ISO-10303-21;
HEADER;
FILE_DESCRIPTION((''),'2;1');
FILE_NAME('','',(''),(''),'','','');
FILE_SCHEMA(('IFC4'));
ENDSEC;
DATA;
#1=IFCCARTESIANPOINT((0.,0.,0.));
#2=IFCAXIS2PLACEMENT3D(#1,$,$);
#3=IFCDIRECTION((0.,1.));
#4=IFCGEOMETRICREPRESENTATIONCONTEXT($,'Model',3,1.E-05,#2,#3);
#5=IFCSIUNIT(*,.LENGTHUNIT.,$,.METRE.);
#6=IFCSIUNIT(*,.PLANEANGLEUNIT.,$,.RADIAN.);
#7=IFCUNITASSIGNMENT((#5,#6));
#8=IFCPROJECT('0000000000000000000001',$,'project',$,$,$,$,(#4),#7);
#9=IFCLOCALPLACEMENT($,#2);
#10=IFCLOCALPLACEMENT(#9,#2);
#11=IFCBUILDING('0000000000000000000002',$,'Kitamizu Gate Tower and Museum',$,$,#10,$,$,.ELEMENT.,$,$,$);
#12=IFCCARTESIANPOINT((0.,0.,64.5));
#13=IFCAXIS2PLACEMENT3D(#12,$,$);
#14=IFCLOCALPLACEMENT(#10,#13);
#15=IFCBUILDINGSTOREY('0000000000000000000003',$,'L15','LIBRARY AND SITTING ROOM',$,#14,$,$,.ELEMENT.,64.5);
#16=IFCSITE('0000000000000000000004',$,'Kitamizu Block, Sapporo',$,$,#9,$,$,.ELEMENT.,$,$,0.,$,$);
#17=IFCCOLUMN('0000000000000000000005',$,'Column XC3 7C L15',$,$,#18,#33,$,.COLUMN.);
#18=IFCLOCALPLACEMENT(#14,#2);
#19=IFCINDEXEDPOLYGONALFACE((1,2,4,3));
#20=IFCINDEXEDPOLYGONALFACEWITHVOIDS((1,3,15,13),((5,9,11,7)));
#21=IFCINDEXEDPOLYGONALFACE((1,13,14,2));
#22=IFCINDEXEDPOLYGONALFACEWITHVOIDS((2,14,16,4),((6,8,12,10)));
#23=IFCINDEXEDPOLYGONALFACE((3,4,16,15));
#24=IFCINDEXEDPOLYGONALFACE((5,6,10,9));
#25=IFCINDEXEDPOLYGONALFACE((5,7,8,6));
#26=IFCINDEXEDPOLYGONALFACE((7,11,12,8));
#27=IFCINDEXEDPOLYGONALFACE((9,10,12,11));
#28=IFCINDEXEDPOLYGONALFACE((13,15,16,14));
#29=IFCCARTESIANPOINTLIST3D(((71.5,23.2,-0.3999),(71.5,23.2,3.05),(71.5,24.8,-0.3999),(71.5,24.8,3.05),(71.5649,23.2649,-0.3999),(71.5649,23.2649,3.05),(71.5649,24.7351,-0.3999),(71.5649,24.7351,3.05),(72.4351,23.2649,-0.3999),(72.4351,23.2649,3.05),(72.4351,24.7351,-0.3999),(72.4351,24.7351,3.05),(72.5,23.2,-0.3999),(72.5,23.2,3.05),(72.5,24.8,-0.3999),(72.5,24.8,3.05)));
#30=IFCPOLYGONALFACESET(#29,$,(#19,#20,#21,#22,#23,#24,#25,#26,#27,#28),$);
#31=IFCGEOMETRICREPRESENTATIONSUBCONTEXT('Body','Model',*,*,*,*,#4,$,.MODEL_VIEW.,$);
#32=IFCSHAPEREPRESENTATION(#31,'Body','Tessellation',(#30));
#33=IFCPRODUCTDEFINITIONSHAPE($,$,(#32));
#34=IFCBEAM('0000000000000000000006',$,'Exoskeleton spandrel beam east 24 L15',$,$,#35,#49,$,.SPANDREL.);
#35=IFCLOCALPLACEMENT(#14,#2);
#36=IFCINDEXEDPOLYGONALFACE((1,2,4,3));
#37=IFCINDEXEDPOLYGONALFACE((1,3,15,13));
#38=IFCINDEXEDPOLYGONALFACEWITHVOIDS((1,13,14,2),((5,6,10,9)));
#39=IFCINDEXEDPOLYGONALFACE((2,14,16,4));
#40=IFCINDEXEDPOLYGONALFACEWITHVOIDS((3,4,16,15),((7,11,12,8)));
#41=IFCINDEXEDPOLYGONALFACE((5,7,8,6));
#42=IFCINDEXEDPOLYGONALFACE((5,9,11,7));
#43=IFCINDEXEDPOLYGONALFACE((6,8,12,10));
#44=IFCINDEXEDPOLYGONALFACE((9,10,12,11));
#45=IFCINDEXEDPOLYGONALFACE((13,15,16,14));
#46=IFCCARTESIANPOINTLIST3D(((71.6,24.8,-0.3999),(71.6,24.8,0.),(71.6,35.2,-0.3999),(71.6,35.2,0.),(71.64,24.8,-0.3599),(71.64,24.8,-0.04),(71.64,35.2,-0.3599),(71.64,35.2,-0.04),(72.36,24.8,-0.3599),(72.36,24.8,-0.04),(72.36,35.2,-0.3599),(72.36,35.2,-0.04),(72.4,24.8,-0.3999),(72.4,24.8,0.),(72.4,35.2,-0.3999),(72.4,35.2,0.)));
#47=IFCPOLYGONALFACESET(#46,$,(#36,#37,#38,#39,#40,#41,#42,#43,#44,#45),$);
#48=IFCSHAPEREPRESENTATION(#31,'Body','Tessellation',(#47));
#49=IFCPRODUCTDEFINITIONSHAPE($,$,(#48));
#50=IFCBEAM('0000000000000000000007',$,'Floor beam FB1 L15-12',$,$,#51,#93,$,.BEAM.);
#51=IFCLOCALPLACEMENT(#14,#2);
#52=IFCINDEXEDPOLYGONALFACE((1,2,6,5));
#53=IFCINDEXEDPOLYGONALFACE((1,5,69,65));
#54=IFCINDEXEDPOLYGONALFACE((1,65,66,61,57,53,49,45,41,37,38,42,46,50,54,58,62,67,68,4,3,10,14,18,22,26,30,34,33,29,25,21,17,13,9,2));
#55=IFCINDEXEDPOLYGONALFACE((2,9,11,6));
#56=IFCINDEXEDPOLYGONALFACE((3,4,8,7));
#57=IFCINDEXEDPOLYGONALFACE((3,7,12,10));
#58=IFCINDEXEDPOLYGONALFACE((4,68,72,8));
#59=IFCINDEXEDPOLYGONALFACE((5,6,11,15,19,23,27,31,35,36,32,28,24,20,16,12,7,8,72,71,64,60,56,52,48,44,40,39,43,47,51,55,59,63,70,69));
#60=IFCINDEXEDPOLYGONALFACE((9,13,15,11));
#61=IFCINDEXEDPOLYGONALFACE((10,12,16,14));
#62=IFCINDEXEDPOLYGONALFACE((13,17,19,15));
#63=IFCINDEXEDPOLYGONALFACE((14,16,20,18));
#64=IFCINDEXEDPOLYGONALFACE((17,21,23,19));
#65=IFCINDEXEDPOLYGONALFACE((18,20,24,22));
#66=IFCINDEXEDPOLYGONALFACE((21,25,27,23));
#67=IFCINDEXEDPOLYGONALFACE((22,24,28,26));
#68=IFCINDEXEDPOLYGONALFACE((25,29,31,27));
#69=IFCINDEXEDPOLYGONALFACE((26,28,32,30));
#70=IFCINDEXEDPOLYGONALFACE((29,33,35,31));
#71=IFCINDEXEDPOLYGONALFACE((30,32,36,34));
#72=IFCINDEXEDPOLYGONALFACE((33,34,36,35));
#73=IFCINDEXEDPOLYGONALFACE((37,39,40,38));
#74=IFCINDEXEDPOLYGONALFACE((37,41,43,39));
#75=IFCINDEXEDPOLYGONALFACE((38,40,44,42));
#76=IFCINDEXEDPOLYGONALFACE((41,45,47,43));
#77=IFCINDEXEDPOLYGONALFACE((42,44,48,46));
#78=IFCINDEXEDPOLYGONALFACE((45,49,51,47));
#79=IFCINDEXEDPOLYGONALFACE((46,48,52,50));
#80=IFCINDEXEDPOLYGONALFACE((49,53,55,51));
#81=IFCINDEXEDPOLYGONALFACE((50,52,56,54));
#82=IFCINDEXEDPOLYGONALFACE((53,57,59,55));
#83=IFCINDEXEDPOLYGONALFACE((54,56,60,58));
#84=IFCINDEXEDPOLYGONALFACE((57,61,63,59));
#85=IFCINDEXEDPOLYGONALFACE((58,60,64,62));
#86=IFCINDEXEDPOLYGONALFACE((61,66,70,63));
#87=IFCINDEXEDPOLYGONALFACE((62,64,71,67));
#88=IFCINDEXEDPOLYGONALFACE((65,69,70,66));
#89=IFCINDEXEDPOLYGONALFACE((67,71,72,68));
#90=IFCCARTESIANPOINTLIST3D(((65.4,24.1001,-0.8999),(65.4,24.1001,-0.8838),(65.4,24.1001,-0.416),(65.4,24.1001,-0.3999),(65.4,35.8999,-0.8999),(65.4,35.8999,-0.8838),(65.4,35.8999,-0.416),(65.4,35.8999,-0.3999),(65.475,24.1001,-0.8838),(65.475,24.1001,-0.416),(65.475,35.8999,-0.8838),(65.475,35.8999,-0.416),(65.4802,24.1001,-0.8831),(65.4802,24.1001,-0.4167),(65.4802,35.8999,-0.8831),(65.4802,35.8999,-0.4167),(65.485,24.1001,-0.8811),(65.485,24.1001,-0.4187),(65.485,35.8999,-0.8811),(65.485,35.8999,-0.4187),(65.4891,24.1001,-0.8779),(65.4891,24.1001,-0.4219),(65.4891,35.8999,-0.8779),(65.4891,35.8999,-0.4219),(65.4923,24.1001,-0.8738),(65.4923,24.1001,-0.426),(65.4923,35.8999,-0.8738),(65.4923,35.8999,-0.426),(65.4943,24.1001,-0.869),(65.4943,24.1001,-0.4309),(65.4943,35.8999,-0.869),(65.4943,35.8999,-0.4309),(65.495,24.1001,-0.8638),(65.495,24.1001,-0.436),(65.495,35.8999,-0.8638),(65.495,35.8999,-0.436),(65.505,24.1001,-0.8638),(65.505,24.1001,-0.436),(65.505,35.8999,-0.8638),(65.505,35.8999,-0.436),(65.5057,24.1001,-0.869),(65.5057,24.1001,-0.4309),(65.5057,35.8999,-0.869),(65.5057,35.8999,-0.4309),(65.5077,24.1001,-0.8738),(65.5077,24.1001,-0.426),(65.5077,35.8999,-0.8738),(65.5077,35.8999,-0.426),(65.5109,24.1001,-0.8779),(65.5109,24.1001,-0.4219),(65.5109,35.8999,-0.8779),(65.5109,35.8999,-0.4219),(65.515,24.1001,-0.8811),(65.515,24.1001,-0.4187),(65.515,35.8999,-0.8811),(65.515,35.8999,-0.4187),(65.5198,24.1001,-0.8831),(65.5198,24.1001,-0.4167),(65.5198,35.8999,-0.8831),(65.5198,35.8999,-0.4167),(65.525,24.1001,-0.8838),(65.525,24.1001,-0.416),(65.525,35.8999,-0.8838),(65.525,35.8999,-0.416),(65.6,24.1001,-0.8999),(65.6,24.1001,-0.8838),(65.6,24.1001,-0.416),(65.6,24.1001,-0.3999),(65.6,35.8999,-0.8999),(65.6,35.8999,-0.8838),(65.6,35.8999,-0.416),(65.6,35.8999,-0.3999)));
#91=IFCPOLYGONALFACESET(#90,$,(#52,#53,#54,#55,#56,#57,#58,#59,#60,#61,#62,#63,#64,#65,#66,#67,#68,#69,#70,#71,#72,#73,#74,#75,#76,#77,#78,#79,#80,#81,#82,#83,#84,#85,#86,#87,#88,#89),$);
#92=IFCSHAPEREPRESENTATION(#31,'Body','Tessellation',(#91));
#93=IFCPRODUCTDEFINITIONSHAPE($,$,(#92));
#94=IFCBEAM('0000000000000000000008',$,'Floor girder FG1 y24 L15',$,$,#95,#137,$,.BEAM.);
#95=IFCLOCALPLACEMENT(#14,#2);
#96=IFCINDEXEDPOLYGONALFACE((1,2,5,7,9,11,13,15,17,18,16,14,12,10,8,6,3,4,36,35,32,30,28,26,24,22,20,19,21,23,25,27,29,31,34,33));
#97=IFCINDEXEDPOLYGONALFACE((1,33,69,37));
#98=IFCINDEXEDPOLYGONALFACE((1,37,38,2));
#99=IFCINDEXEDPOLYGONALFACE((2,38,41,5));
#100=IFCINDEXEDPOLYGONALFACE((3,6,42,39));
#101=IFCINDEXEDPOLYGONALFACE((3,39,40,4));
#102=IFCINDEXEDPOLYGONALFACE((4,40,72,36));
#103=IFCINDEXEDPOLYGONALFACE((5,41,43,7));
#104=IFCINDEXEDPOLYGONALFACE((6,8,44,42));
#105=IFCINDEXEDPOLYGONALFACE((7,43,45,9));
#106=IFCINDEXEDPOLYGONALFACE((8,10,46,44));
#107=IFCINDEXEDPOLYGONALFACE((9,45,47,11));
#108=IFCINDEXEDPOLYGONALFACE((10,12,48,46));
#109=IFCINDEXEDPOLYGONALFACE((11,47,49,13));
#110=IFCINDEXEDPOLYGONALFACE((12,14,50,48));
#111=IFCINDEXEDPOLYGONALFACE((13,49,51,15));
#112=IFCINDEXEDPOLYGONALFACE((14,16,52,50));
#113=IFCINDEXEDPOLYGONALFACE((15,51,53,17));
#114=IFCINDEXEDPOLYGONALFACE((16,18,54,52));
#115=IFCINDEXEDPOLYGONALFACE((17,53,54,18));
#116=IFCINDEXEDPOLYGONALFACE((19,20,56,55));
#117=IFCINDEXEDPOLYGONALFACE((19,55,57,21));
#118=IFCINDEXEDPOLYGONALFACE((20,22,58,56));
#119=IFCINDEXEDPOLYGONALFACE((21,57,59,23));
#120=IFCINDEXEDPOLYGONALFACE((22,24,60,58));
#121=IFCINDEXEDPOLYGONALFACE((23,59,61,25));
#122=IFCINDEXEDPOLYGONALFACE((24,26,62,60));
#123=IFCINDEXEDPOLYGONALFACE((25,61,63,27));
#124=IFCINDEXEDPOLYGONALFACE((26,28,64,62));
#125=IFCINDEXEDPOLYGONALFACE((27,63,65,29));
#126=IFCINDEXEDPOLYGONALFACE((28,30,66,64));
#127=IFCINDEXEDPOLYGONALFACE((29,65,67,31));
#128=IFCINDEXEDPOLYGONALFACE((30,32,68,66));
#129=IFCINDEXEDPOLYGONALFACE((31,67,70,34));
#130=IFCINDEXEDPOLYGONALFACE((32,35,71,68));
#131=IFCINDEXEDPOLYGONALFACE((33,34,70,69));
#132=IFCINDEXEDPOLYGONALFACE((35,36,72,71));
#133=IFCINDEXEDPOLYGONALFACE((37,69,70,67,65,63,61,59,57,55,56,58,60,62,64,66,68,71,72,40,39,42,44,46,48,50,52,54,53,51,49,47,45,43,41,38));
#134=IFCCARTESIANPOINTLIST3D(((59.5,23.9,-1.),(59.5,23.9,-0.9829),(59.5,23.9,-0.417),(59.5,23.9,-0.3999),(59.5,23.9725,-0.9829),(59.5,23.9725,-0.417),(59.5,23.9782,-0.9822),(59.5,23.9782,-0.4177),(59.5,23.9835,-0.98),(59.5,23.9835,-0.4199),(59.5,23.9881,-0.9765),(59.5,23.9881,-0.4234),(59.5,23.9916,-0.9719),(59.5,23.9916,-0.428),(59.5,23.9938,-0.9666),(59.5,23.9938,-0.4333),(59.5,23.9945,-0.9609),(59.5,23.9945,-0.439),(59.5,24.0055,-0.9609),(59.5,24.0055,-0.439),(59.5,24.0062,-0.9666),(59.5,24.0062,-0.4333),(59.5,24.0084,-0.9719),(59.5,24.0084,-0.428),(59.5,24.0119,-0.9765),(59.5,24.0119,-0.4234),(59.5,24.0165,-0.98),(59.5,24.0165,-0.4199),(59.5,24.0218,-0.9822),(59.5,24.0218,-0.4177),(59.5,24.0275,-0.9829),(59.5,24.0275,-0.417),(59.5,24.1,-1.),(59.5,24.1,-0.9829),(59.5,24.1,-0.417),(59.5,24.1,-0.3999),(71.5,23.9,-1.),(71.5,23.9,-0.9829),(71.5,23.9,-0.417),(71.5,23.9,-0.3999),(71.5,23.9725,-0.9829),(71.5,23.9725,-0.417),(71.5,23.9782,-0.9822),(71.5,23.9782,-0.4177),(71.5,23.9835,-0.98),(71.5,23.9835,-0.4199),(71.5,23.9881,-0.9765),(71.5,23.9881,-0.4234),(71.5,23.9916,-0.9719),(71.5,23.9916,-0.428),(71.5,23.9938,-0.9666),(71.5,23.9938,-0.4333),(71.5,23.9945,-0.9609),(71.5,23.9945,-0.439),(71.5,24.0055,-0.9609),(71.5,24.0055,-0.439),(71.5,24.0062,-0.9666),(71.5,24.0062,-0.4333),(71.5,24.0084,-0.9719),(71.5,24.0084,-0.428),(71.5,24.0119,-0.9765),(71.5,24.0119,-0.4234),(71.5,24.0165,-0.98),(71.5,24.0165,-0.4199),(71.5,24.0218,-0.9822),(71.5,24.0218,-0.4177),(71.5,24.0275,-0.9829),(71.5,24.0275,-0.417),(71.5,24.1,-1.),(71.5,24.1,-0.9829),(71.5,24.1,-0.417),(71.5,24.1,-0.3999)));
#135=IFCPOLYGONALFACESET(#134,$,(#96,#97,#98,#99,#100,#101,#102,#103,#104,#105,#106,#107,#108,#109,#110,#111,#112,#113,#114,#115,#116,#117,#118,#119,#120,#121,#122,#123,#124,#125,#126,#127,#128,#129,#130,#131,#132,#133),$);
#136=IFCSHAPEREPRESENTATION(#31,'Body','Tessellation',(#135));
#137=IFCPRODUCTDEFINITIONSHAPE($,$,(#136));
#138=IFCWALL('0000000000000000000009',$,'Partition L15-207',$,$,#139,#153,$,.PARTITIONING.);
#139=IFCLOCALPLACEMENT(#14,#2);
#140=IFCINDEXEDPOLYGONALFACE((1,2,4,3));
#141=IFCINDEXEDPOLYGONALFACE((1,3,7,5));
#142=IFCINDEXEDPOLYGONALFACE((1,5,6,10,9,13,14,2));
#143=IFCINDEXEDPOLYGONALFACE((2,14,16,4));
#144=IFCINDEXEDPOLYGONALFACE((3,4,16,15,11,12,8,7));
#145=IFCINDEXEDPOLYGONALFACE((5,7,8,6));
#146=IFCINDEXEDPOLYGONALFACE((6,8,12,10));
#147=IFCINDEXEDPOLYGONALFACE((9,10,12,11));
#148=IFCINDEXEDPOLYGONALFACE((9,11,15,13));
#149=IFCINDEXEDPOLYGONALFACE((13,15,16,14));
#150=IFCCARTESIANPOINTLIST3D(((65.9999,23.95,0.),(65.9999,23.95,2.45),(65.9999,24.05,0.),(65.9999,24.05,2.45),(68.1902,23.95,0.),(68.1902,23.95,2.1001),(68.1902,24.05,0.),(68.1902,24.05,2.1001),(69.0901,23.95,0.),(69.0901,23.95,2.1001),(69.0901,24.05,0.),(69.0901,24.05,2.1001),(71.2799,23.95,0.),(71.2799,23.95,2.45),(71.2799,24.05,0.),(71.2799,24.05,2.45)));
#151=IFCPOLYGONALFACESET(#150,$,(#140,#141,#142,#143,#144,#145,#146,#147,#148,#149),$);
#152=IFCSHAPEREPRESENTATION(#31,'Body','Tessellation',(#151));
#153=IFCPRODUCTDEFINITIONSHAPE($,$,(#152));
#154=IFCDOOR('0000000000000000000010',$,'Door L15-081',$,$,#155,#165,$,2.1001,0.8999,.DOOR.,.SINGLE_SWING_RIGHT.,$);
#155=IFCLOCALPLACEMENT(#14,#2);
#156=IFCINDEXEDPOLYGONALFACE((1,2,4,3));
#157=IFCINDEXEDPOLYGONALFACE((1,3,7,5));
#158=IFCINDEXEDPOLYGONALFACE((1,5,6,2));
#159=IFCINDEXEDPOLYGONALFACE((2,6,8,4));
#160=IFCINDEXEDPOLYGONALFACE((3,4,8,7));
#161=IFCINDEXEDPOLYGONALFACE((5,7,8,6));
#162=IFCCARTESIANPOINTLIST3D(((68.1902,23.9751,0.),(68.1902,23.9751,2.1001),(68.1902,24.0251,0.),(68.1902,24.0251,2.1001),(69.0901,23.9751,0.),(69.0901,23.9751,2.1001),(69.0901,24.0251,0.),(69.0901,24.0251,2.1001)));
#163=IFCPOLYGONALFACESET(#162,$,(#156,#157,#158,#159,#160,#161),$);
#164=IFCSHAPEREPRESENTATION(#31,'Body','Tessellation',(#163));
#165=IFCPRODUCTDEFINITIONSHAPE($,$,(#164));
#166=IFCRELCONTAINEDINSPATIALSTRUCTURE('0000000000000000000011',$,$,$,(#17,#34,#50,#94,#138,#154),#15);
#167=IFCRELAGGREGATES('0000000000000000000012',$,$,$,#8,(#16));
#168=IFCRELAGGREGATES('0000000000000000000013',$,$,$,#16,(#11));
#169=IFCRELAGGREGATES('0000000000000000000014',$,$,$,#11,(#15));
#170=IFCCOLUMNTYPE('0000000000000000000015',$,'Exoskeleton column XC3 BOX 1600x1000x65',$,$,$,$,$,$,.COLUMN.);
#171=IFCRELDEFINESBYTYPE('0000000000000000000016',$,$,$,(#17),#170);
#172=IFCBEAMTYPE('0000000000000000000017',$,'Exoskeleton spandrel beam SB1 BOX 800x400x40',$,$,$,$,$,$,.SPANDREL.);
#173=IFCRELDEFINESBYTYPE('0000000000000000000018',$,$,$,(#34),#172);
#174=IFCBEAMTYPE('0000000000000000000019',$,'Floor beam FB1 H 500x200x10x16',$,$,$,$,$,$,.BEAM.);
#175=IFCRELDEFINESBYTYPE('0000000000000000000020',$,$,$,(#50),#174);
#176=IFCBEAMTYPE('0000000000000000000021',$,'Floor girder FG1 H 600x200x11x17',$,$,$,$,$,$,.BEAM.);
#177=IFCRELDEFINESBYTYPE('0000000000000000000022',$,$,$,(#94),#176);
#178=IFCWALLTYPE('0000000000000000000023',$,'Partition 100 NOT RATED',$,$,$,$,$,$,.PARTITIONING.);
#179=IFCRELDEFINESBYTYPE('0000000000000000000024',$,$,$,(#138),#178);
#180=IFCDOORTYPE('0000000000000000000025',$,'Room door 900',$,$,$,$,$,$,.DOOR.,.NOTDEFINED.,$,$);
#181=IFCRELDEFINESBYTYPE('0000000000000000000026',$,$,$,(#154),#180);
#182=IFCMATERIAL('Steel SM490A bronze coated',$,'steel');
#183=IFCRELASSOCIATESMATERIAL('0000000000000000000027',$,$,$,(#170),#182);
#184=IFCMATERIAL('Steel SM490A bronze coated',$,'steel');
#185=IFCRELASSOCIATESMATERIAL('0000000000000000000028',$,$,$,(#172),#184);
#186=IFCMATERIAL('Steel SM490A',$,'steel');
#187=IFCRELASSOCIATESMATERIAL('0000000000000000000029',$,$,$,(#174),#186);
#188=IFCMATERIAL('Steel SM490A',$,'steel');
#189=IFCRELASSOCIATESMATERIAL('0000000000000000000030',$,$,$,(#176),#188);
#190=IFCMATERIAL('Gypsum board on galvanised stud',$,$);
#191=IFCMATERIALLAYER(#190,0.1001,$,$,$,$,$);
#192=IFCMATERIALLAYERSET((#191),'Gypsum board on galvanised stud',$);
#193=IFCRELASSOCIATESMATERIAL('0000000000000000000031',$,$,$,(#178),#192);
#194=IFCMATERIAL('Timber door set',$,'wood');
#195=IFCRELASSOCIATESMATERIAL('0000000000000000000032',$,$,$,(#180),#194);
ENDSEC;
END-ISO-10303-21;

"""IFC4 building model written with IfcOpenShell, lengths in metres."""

from ifc_helpers import new_model, si_unit, direction, frame, frame_2d, origin, origin_2d, place, context, subcontext, project, spatial, rectangle, hollow_rectangle, i_section, extrude, material, layer, layer_set, material_profile, profile_set, type_object, element, fill, save


model = new_model("IFC4")

# Units and contexts
model_context = context("Model", 3, precision=1e-05, world=origin(), true_north=direction((0.0, 1.0)))
body_context = subcontext(model_context, "Body", "Model", "MODEL_VIEW")
ifc_project = project(units=[si_unit("LENGTHUNIT", "METRE"), si_unit("PLANEANGLEUNIT", "RADIAN")], contexts=[model_context])

# Site, building, storey
site_placement = place(None, origin())
site = spatial("IfcSite", under=ifc_project, at=site_placement, Name="Kitamizu Block, Sapporo", CompositionType="ELEMENT", RefElevation=0.0)
building_placement = place(site_placement, origin())
building = spatial("IfcBuilding", under=site, at=building_placement, Name="Kitamizu Gate Tower and Museum", CompositionType="ELEMENT")
storey_placement = place(building_placement, frame((0.0, 0.0, 64.5)))
storey = spatial("IfcBuildingStorey", under=building, at=storey_placement, Name="L15", Description="LIBRARY AND SITTING ROOM", CompositionType="ELEMENT", Elevation=64.5)

# Column
ifc_material_1 = material(Name="Steel SM490A bronze coated", Category="steel")
ifc_material_profile_1 = material_profile(ifc_material_1, hollow_rectangle(XDim=1.6001, YDim=1.0, WallThickness=0.0649, at=origin_2d()), Name="BOX 1600x1000x65")
ifc_profile_set_1 = profile_set([ifc_material_profile_1], Name="Steel SM490A bronze coated")
column_type = type_object("IfcColumnType", Name="Exoskeleton column XC3 BOX 1600x1000x65", PredefinedType="COLUMN", material=ifc_profile_set_1)
column_placement = place(storey_placement, frame((72.0, 24.0, -0.3999), z_axis=(0.0, 0.0, 1.0), x_axis=(0.0, 1.0, 0.0)))
element("IfcColumn", 1, at=column_placement, inside=storey, type_object=column_type, Name="Column XC3 7C L15", PredefinedType="COLUMN", context=body_context, shape_type="SweptSolid", body=[
    extrude(hollow_rectangle(XDim=1.6001, YDim=1.0, WallThickness=0.0649, at=origin_2d()), origin(), (0.0, 0.0, 1.0), 3.45),
])

# Beams
ifc_material_2 = material(Name="Steel SM490A bronze coated", Category="steel")
ifc_material_profile_2 = material_profile(ifc_material_2, hollow_rectangle(XDim=0.8, YDim=0.3999, WallThickness=0.04, at=origin_2d()), Name="BOX 800x400x40")
ifc_profile_set_2 = profile_set([ifc_material_profile_2], Name="Steel SM490A bronze coated")
beam_type_1 = type_object("IfcBeamType", Name="Exoskeleton spandrel beam SB1 BOX 800x400x40", PredefinedType="SPANDREL", material=ifc_profile_set_2)
beam_1_placement = place(storey_placement, frame((72.0, 24.8, -0.2), z_axis=(0.0, 1.0, 0.0), x_axis=(-1.0, 0.0, 0.0)))
element("IfcBeam", 2, at=beam_1_placement, inside=storey, type_object=beam_type_1, Name="Exoskeleton spandrel beam east 24 L15", PredefinedType="SPANDREL", context=body_context, shape_type="SweptSolid", body=[
    extrude(hollow_rectangle(XDim=0.8, YDim=0.3999, WallThickness=0.04, at=origin_2d()), origin(), (0.0, 0.0, 1.0), 10.3999),
])
ifc_material_3 = material(Name="Steel SM490A", Category="steel")
ifc_material_profile_3 = material_profile(ifc_material_3, i_section(OverallWidth=0.2, OverallDepth=0.5, WebThickness=0.01, FlangeThickness=0.0161, FilletRadius=0.02, at=origin_2d()), Name="H-500x200x10x16")
ifc_profile_set_3 = profile_set([ifc_material_profile_3], Name="Steel SM490A")
beam_type_2 = type_object("IfcBeamType", Name="Floor beam FB1 H 500x200x10x16", PredefinedType="BEAM", material=ifc_profile_set_3)
beam_2_placement = place(storey_placement, frame((65.5, 24.1001, -0.6499), z_axis=(0.0, 1.0, 0.0), x_axis=(-1.0, 0.0, 0.0)))
element("IfcBeam", 3, at=beam_2_placement, inside=storey, type_object=beam_type_2, Name="Floor beam FB1 L15-12", PredefinedType="BEAM", context=body_context, shape_type="SweptSolid", body=[
    extrude(i_section(OverallWidth=0.2, OverallDepth=0.5, WebThickness=0.01, FlangeThickness=0.0161, FilletRadius=0.02, at=origin_2d()), origin(), (0.0, 0.0, 1.0), 11.7998),
])
ifc_material_4 = material(Name="Steel SM490A", Category="steel")
ifc_material_profile_4 = material_profile(ifc_material_4, i_section(OverallWidth=0.2, OverallDepth=0.6001, WebThickness=0.011, FlangeThickness=0.0171, FilletRadius=0.022, at=origin_2d()), Name="H-600x200x11x17")
ifc_profile_set_4 = profile_set([ifc_material_profile_4], Name="Steel SM490A")
beam_type_3 = type_object("IfcBeamType", Name="Floor girder FG1 H 600x200x11x17", PredefinedType="BEAM", material=ifc_profile_set_4)
beam_3_placement = place(storey_placement, frame((59.5, 24.0, -0.7), z_axis=(1.0, 0.0, 0.0), x_axis=(0.0, 1.0, 0.0)))
element("IfcBeam", 4, at=beam_3_placement, inside=storey, type_object=beam_type_3, Name="Floor girder FG1 y24 L15", PredefinedType="BEAM", context=body_context, shape_type="SweptSolid", body=[
    extrude(i_section(OverallWidth=0.2, OverallDepth=0.6001, WebThickness=0.011, FlangeThickness=0.0171, FilletRadius=0.022, at=origin_2d()), origin(), (0.0, 0.0, 1.0), 12.0),
])

# Wall, opening, door
ifc_material_5 = material(Name="Gypsum board on galvanised stud")
ifc_layer_1 = layer(ifc_material_5, 0.1001)
ifc_layer_set_1 = layer_set([ifc_layer_1], Name="Gypsum board on galvanised stud")
wall_type_1 = type_object("IfcWallType", Name="Partition 100 NOT RATED", PredefinedType="PARTITIONING", material=ifc_layer_set_1)
wall_1_placement = place(storey_placement, frame((71.28, 24.0, 0.0), z_axis=(0.0, 0.0, 1.0), x_axis=(-1.0, 0.0, 0.0)))
wall_1 = element("IfcWall", 5, at=wall_1_placement, inside=storey, type_object=wall_type_1, Name="Partition L15-207", PredefinedType="PARTITIONING", context=body_context, shape_type="SweptSolid", body=[
    extrude(rectangle(XDim=5.28, YDim=0.1001, at=frame_2d((2.6401, 0.0))), origin(), (0.0, 0.0, 1.0), 2.45),
])
opening_1_placement = place(wall_1_placement, frame((2.1899, 0.0, 0.0)))
opening_1 = element("IfcOpeningElement", 6, at=opening_1_placement, cuts=wall_1, PredefinedType="OPENING", context=body_context, shape_type="SweptSolid", body=[
    extrude(rectangle(XDim=0.8999, YDim=2.1001, at=frame_2d((0.45, 1.05))), frame((0.0, 0.0601, 0.0), z_axis=(0.0, -1.0, 0.0), x_axis=(1.0, 0.0, 0.0)), (0.0, 0.0, 1.0), 0.1201),
])
ifc_material_6 = material(Name="Timber door set", Category="wood")
door_type_1 = type_object("IfcDoorType", Name="Room door 900", OperationType="NOTDEFINED", PredefinedType="DOOR", material=ifc_material_6)
door_1_placement = place(opening_1_placement, origin())
door_1 = element("IfcDoor", 7, at=door_1_placement, inside=storey, type_object=door_type_1, Name="Door L15-081", OperationType="SINGLE_SWING_RIGHT", OverallHeight=2.1001, OverallWidth=0.8999, PredefinedType="DOOR", context=body_context, shape_type="SweptSolid", body=[
    extrude(rectangle(XDim=0.8999, YDim=2.1001, at=frame_2d((0.45, 1.05))), frame((0.0, 0.0249, 0.0), z_axis=(0.0, -1.0, 0.0), x_axis=(1.0, 0.0, 0.0)), (0.0, 0.0, 1.0), 0.05),
])
fill(opening_1, door_1)

save(model, "model.ifc")
